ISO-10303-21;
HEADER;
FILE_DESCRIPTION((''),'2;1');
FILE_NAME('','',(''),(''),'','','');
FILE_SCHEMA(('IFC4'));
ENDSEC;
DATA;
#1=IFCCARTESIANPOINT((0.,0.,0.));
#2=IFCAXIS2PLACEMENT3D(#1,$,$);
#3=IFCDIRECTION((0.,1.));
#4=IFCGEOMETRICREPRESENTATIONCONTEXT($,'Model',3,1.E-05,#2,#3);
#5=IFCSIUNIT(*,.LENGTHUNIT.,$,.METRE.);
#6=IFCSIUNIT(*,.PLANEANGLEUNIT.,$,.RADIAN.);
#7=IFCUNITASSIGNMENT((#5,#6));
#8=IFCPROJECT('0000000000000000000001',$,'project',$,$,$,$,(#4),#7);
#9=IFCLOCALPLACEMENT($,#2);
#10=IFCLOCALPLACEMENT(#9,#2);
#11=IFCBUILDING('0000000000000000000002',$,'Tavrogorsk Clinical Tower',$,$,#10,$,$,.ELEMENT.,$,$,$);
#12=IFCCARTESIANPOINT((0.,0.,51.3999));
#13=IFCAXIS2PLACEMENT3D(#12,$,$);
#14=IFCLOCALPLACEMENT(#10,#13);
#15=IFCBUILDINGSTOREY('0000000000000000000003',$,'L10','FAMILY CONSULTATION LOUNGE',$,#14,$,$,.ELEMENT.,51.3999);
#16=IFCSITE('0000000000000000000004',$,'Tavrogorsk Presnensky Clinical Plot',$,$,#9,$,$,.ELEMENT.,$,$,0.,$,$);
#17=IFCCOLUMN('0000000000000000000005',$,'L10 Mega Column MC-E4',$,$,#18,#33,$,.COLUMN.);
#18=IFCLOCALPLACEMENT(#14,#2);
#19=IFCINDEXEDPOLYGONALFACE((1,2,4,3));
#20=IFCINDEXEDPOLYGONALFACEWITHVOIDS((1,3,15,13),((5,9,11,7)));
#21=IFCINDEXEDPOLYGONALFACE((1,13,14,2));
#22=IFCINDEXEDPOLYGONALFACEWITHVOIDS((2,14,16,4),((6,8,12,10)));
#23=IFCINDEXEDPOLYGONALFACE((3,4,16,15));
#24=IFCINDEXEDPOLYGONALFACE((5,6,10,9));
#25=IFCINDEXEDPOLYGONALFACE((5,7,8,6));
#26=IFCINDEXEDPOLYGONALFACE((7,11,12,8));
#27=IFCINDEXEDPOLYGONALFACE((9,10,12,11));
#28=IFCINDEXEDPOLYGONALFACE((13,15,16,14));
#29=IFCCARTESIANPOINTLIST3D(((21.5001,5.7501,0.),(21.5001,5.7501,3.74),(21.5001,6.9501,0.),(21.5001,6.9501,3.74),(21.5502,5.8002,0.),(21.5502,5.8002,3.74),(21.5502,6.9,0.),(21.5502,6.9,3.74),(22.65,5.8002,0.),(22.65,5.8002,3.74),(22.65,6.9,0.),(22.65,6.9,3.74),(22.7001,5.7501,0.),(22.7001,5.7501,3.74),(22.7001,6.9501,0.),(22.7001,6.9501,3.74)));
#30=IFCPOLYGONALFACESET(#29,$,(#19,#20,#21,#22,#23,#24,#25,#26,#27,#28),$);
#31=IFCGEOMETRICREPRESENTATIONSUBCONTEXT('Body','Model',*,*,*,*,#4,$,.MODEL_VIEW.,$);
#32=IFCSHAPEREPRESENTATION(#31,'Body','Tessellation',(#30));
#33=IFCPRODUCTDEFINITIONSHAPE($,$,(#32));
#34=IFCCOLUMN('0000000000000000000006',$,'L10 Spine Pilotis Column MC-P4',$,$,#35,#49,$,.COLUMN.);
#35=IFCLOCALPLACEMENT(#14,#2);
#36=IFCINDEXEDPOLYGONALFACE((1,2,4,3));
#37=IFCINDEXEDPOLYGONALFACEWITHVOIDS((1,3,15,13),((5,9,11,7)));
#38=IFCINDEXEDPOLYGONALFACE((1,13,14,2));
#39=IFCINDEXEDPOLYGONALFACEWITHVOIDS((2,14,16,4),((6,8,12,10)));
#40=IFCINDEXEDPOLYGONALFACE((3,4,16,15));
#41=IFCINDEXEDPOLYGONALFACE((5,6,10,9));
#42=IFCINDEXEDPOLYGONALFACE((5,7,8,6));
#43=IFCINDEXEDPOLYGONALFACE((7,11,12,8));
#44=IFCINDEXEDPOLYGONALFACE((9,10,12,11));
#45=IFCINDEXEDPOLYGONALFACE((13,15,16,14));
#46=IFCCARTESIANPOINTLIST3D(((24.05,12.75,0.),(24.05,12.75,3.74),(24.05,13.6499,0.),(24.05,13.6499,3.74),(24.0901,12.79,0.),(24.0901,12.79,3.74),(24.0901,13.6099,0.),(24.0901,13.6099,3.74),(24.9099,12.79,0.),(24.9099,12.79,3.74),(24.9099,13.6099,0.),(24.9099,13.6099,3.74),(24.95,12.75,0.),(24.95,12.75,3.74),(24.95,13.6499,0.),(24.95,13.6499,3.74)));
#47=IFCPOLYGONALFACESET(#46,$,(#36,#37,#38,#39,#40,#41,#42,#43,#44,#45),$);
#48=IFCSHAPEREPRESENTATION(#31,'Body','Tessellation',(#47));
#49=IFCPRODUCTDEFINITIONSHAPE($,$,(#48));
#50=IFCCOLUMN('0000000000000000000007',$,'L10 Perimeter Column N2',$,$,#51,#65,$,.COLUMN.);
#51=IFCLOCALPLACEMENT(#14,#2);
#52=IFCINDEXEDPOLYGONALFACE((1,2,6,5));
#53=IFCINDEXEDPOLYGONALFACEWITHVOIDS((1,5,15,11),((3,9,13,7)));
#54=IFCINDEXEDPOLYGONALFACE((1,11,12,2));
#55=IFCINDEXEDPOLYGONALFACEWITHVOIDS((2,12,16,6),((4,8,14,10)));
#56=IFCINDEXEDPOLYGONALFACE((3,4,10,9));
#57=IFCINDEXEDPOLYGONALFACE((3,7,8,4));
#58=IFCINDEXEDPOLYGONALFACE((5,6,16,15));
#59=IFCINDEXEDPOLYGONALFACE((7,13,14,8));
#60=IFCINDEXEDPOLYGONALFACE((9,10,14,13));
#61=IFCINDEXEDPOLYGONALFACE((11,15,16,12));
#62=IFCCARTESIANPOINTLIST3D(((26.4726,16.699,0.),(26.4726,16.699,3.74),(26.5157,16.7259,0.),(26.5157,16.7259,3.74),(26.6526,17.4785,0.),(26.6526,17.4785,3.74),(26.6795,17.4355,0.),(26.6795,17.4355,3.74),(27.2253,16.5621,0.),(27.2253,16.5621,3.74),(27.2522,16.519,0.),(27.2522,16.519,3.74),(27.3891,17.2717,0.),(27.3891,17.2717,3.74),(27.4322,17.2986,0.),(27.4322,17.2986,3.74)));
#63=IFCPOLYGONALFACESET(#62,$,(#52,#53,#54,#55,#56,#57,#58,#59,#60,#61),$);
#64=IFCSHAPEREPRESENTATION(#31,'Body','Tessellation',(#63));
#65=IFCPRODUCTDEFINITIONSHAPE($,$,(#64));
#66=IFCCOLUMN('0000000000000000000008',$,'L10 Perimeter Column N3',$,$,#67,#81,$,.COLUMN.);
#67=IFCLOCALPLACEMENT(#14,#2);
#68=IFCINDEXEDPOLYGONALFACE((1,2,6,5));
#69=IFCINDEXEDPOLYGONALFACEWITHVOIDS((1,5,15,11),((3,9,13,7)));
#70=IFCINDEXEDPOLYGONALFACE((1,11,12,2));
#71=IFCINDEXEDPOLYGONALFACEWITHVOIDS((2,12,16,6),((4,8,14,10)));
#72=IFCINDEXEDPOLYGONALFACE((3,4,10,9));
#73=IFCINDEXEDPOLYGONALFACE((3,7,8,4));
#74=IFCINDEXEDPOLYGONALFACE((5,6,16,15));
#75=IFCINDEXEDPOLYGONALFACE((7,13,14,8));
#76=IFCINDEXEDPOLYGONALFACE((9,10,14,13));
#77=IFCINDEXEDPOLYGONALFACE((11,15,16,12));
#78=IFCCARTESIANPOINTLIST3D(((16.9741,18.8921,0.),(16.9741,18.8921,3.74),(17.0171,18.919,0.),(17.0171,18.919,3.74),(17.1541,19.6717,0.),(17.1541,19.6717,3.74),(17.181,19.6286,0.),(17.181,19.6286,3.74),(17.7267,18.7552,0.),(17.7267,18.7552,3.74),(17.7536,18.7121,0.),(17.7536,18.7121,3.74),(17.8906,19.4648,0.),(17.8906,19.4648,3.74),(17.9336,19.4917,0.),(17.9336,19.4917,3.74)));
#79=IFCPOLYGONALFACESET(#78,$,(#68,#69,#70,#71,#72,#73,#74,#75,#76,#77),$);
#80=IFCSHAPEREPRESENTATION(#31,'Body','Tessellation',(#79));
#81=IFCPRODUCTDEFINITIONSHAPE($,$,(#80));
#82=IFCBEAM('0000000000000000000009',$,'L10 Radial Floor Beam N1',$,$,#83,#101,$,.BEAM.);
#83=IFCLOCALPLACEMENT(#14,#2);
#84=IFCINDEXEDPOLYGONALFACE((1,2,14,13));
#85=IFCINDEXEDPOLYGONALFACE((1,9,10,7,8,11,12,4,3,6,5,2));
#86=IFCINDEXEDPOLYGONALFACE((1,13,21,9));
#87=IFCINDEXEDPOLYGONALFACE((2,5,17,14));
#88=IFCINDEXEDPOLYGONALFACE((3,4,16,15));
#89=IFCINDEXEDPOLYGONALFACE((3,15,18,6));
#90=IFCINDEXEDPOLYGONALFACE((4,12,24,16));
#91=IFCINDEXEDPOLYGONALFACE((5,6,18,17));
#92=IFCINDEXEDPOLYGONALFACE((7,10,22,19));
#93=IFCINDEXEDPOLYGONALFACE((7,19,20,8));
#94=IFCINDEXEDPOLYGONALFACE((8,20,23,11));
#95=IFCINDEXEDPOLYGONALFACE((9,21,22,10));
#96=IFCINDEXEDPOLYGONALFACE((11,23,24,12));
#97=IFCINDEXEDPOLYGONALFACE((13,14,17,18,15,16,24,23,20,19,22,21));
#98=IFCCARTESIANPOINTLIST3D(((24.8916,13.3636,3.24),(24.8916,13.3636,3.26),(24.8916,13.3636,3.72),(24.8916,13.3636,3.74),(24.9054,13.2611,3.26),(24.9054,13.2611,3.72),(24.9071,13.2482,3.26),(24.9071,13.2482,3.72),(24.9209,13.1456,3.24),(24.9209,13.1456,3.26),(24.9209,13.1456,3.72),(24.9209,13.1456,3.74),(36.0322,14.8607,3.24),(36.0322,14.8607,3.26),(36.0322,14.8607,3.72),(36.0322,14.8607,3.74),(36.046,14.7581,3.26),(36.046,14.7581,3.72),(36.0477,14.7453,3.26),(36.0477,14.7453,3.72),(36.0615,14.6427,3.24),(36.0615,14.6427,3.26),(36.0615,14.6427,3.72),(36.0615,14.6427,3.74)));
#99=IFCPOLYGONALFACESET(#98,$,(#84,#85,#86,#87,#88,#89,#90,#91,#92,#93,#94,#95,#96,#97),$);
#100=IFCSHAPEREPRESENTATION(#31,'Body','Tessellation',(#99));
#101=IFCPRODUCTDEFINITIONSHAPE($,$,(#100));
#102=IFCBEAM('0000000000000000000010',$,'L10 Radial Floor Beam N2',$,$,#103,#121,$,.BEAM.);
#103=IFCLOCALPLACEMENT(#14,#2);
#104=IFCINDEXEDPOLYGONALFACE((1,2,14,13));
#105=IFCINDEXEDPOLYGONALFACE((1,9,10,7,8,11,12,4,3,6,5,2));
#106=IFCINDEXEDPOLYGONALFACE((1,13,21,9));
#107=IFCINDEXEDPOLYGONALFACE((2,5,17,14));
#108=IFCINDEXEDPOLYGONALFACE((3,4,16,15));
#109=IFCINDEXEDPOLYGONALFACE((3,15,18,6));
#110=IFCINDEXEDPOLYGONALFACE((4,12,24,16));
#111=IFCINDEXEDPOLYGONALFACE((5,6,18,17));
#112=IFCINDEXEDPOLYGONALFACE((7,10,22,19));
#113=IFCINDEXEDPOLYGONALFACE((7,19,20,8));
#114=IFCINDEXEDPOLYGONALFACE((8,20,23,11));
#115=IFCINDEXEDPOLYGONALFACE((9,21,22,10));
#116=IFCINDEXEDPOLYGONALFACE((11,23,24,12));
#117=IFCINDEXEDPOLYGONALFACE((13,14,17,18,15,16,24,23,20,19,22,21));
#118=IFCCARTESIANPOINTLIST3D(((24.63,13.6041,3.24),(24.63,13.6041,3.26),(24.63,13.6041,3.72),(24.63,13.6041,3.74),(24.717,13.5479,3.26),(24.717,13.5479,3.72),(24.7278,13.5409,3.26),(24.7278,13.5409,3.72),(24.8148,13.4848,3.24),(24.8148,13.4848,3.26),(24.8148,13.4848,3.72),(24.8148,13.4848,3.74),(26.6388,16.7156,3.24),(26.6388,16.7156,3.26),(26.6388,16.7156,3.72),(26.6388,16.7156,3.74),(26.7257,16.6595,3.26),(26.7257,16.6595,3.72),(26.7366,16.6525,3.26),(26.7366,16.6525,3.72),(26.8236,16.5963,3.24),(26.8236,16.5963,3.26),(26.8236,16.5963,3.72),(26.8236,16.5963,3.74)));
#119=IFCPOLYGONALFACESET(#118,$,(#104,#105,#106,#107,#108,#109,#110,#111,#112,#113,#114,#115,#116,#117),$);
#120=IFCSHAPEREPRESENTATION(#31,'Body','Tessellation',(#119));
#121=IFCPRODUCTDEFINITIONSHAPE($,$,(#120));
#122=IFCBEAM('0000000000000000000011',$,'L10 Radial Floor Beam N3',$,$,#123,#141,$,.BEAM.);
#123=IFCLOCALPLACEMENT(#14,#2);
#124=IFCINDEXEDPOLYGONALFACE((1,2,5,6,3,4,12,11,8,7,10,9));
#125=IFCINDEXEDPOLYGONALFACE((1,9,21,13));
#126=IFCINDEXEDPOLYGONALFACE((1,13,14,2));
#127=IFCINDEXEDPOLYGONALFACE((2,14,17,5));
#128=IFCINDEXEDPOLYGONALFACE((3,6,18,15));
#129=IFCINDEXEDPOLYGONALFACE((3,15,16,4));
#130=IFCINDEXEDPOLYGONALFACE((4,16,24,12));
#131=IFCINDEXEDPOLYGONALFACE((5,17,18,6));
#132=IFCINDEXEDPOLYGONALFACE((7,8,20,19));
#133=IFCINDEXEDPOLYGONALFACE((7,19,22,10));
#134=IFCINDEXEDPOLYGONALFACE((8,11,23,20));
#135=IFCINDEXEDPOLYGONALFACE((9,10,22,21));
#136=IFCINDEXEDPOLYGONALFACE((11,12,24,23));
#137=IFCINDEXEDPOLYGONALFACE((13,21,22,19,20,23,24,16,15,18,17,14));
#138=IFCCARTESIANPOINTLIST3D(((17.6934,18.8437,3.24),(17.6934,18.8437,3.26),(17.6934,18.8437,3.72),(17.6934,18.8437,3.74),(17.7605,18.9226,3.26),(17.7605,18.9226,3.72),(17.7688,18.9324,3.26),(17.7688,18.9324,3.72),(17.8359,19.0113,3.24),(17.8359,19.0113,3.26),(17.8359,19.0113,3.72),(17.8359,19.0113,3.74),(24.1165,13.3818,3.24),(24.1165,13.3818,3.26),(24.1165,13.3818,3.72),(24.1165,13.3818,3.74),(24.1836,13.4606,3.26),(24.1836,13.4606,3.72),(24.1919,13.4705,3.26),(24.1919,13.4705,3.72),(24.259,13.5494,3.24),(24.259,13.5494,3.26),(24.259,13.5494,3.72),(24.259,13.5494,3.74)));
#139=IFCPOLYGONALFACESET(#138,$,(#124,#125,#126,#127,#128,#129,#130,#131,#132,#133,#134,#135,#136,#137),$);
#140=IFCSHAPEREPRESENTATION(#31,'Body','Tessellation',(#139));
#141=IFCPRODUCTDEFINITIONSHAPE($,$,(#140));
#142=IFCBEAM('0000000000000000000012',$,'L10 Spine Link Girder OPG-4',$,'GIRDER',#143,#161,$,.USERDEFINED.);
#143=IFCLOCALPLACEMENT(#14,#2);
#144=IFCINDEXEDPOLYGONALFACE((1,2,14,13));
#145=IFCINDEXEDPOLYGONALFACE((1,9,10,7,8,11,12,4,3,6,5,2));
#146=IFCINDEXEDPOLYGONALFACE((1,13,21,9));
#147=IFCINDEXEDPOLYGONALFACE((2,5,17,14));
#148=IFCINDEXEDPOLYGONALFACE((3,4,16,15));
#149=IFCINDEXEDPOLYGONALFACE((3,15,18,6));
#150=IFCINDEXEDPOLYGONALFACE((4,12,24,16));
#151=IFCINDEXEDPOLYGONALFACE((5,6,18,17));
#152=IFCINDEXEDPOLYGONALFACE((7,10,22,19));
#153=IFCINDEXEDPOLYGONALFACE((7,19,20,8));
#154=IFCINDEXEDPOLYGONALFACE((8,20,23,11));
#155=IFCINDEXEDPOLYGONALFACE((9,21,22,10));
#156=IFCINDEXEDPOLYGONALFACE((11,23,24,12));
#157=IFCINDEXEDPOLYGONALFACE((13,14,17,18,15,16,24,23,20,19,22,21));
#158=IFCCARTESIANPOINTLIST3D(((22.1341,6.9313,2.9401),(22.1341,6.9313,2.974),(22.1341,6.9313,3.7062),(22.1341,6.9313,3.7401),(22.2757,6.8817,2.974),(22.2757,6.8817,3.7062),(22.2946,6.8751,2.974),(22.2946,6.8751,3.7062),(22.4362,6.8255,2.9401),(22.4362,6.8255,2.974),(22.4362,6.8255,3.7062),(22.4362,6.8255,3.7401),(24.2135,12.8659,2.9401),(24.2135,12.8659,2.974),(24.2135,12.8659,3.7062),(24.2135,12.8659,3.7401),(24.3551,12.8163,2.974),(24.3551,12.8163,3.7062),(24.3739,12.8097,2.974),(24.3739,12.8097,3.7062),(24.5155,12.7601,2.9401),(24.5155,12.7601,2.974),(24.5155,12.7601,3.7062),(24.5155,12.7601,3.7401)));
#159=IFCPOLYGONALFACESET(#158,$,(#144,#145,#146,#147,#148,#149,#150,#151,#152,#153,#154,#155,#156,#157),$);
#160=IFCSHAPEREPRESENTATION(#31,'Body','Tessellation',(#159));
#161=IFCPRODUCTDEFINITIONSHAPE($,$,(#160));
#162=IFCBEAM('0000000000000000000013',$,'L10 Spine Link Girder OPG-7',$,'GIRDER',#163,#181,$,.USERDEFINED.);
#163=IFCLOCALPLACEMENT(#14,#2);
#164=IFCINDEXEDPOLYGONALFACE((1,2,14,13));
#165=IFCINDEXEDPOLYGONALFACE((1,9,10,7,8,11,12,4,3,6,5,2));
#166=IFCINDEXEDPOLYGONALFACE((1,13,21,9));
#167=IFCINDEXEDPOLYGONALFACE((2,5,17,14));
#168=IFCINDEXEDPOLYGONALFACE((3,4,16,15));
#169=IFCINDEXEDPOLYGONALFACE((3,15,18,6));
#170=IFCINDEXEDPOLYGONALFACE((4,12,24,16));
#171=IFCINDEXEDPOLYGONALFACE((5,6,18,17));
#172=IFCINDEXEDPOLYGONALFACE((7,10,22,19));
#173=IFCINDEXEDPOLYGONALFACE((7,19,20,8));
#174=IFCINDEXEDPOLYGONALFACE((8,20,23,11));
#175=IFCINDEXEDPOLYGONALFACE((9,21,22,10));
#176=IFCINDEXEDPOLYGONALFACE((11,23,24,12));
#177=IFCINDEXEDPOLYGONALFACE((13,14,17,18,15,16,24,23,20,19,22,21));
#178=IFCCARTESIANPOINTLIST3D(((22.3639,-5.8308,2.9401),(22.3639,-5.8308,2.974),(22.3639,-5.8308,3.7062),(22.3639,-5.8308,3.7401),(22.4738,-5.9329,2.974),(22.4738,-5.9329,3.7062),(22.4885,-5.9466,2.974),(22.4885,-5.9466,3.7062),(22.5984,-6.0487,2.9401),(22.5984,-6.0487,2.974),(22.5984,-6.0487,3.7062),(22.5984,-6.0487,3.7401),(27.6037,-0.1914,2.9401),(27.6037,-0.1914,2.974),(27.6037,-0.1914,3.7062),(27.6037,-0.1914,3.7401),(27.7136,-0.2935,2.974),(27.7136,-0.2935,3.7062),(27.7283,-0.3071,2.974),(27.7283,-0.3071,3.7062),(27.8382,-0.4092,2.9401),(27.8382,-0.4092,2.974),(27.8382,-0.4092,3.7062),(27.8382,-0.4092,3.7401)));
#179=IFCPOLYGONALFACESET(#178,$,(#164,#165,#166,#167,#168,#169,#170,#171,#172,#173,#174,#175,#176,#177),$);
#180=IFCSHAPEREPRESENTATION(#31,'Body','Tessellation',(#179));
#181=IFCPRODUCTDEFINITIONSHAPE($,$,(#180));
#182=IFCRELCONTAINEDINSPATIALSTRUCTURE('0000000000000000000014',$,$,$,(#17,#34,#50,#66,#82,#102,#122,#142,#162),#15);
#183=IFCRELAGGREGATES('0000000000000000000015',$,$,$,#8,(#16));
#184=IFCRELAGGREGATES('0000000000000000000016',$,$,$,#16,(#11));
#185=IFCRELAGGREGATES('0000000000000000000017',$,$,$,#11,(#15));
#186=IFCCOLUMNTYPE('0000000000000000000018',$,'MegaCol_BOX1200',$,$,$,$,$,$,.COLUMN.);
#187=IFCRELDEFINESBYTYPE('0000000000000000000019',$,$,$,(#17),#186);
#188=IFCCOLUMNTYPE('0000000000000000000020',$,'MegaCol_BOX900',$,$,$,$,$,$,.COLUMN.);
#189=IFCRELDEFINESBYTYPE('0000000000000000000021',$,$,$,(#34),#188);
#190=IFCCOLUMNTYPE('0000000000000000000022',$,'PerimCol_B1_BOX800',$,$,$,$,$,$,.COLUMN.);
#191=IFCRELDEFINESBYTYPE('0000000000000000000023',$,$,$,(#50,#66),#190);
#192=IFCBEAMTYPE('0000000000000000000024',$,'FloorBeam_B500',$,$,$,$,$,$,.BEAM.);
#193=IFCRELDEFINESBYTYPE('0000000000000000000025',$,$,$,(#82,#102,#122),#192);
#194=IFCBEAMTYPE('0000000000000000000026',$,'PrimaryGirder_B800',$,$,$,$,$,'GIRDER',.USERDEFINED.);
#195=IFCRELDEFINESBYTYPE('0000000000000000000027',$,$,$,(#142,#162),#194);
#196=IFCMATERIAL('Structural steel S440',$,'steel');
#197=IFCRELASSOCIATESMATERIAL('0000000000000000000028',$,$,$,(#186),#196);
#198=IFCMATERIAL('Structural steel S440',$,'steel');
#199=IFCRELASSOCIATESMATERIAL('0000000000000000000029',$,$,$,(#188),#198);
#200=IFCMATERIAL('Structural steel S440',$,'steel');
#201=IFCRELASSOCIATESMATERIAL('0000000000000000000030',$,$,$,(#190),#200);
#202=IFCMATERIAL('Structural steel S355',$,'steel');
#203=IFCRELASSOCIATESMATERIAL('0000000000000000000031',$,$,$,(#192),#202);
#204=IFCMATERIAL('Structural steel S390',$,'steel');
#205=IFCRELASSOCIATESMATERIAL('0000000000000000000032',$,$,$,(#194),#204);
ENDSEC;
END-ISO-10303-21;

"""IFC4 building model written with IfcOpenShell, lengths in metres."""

from ifc_helpers import new_model, si_unit, direction, frame, origin, origin_2d, place, context, subcontext, project, spatial, hollow_rectangle, i_section, extrude, material, material_profile, profile_set, type_object, element, save


model = new_model("IFC4")

# Units and contexts
model_context = context("Model", 3, precision=1e-05, world=origin(), true_north=direction((0.0, 1.0)))
body_context = subcontext(model_context, "Body", "Model", "MODEL_VIEW")
ifc_project = project(units=[si_unit("LENGTHUNIT", "METRE"), si_unit("PLANEANGLEUNIT", "RADIAN")], contexts=[model_context])

# Site, building, storey
site_placement = place(None, origin())
site = spatial("IfcSite", under=ifc_project, at=site_placement, Name="Tavrogorsk Presnensky Clinical Plot", CompositionType="ELEMENT", RefElevation=0.0)
building_placement = place(site_placement, origin())
building = spatial("IfcBuilding", under=site, at=building_placement, Name="Tavrogorsk Clinical Tower", CompositionType="ELEMENT")
storey_placement = place(building_placement, frame((0.0, 0.0, 51.3999)))
storey = spatial("IfcBuildingStorey", under=building, at=storey_placement, Name="L10", Description="FAMILY CONSULTATION LOUNGE", CompositionType="ELEMENT", Elevation=51.3999)

# Columns
ifc_material_1 = material(Name="Structural steel S440", Category="steel")
ifc_material_profile_1 = material_profile(ifc_material_1, hollow_rectangle(XDim=1.2, YDim=1.2, WallThickness=0.05, at=origin_2d()), Name="BOX-1200x1200x50")
ifc_profile_set_1 = profile_set([ifc_material_profile_1], Name="Structural steel S440")
column_type_1 = type_object("IfcColumnType", Name="MegaCol_BOX1200", PredefinedType="COLUMN", material=ifc_profile_set_1)
column_1_placement = place(storey_placement, frame((22.1001, 6.3501, 0.0), z_axis=(0.0, 0.0, 1.0), x_axis=(1.0, 0.0, 0.0)))
element("IfcColumn", 1, at=column_1_placement, inside=storey, type_object=column_type_1, Name="L10 Mega Column MC-E4", PredefinedType="COLUMN", context=body_context, shape_type="SweptSolid", body=[
    extrude(hollow_rectangle(XDim=1.2, YDim=1.2, WallThickness=0.05, at=origin_2d()), origin(), (0.0, 0.0, 1.0), 3.74),
])
ifc_material_2 = material(Name="Structural steel S440", Category="steel")
ifc_material_profile_2 = material_profile(ifc_material_2, hollow_rectangle(XDim=0.8999, YDim=0.8999, WallThickness=0.04, at=origin_2d()), Name="BOX-900x900x40")
ifc_profile_set_2 = profile_set([ifc_material_profile_2], Name="Structural steel S440")
column_type_2 = type_object("IfcColumnType", Name="MegaCol_BOX900", PredefinedType="COLUMN", material=ifc_profile_set_2)
column_2_placement = place(storey_placement, frame((24.5, 13.2, 0.0), z_axis=(0.0, 0.0, 1.0), x_axis=(1.0, 0.0, 0.0)))
element("IfcColumn", 2, at=column_2_placement, inside=storey, type_object=column_type_2, Name="L10 Spine Pilotis Column MC-P4", PredefinedType="COLUMN", context=body_context, shape_type="SweptSolid", body=[
    extrude(hollow_rectangle(XDim=0.8999, YDim=0.8999, WallThickness=0.04, at=origin_2d()), origin(), (0.0, 0.0, 1.0), 3.74),
])
ifc_material_3 = material(Name="Structural steel S440", Category="steel")
ifc_material_profile_3 = material_profile(ifc_material_3, hollow_rectangle(XDim=0.8, YDim=0.8, WallThickness=0.0359, at=origin_2d()), Name="BOX-800x800x36")
ifc_profile_set_3 = profile_set([ifc_material_profile_3], Name="Structural steel S440")
column_type_3 = type_object("IfcColumnType", Name="PerimCol_B1_BOX800", PredefinedType="COLUMN", material=ifc_profile_set_3)
for number, where, z_axis, x_axis, name in (
    (3, (26.9524, 16.9988, 0.0), (0.0, 0.0, 1.0), (0.97437, -0.224951, 0.0), "L10 Perimeter Column N2"),
    (4, (17.4539, 19.1919, 0.0), (0.0, 0.0, 1.0), (0.97437, -0.224951, 0.0), "L10 Perimeter Column N3"),
):
    element("IfcColumn", number, at=place(storey_placement, frame(where, z_axis=z_axis, x_axis=x_axis)), inside=storey, type_object=column_type_3, Name=name, PredefinedType="COLUMN", context=body_context, shape_type="SweptSolid", body=[
        extrude(hollow_rectangle(XDim=0.8, YDim=0.8, WallThickness=0.0359, at=origin_2d()), origin(), (0.0, 0.0, 1.0), 3.74),
    ])

# Beams
ifc_material_4 = material(Name="Structural steel S355", Category="steel")
ifc_material_profile_4 = material_profile(ifc_material_4, i_section(OverallWidth=0.22, OverallDepth=0.5, WebThickness=0.0129, FlangeThickness=0.02, at=origin_2d()), Name="B-500x220x13x20")
ifc_profile_set_4 = profile_set([ifc_material_profile_4], Name="Structural steel S355")
beam_type_1 = type_object("IfcBeamType", Name="FloorBeam_B500", PredefinedType="BEAM", material=ifc_profile_set_4)
beam_1_placement = place(storey_placement, frame((24.9062, 13.2546, 3.49), z_axis=(0.991092, 0.133182, 0.0), x_axis=(-0.133182, 0.991092, 0.0)))
element("IfcBeam", 5, at=beam_1_placement, inside=storey, type_object=beam_type_1, Name="L10 Radial Floor Beam N1", PredefinedType="BEAM", context=body_context, shape_type="SweptSolid", body=[
    extrude(i_section(OverallWidth=0.22, OverallDepth=0.5, WebThickness=0.0129, FlangeThickness=0.02, at=origin_2d()), origin(), (0.0, 0.0, 1.0), 11.2407),
])
beam_2_placement = place(storey_placement, frame((24.7224, 13.5444, 3.49), z_axis=(0.542379, 0.840134, 0.0), x_axis=(-0.840134, 0.542379, 0.0)))
element("IfcBeam", 6, at=beam_2_placement, inside=storey, type_object=beam_type_1, Name="L10 Radial Floor Beam N2", PredefinedType="BEAM", context=body_context, shape_type="SweptSolid", body=[
    extrude(i_section(OverallWidth=0.22, OverallDepth=0.5, WebThickness=0.0129, FlangeThickness=0.02, at=origin_2d()), origin(), (0.0, 0.0, 1.0), 3.7036),
])
beam_3_placement = place(storey_placement, frame((24.1877, 13.4656, 3.49), z_axis=(-0.761806, 0.647806, 0.0), x_axis=(-0.647806, -0.761806, 0.0)))
element("IfcBeam", 7, at=beam_3_placement, inside=storey, type_object=beam_type_1, Name="L10 Radial Floor Beam N3", PredefinedType="BEAM", context=body_context, shape_type="SweptSolid", body=[
    extrude(i_section(OverallWidth=0.22, OverallDepth=0.5, WebThickness=0.0129, FlangeThickness=0.02, at=origin_2d()), origin(), (0.0, 0.0, 1.0), 8.4314),
])
ifc_material_5 = material(Name="Structural steel S390", Category="steel")
ifc_material_profile_5 = material_profile(ifc_material_5, i_section(OverallWidth=0.3201, OverallDepth=0.8, WebThickness=0.02, FlangeThickness=0.0339, at=origin_2d()), Name="B-800x320x20x34")
ifc_profile_set_5 = profile_set([ifc_material_profile_5], Name="Structural steel S390")
beam_type_2 = type_object("IfcBeamType", Name="PrimaryGirder_B800", ElementType="GIRDER", PredefinedType="USERDEFINED", material=ifc_profile_set_5)
beam_4_placement = place(storey_placement, frame((24.3645, 12.813, 3.3401), z_axis=(-0.330669, -0.943747, 0.0), x_axis=(0.943747, -0.330669, 0.0)))
element("IfcBeam", 8, at=beam_4_placement, inside=storey, type_object=beam_type_2, Name="L10 Spine Link Girder OPG-4", ObjectType="GIRDER", PredefinedType="USERDEFINED", context=body_context, shape_type="SweptSolid", body=[
    extrude(i_section(OverallWidth=0.3201, OverallDepth=0.8, WebThickness=0.02, FlangeThickness=0.0339, at=origin_2d()), origin(), (0.0, 0.0, 1.0), 6.2883),
])
beam_5_placement = place(storey_placement, frame((27.7209, -0.3003, 3.3401), z_axis=(-0.680671, -0.732589, 0.0), x_axis=(0.732589, -0.680671, 0.0)))
element("IfcBeam", 9, at=beam_5_placement, inside=storey, type_object=beam_type_2, Name="L10 Spine Link Girder OPG-7", ObjectType="GIRDER", PredefinedType="USERDEFINED", context=body_context, shape_type="SweptSolid", body=[
    extrude(i_section(OverallWidth=0.3201, OverallDepth=0.8, WebThickness=0.02, FlangeThickness=0.0339, at=origin_2d()), origin(), (0.0, 0.0, 1.0), 7.698),
])

save(model, "model.ifc")
